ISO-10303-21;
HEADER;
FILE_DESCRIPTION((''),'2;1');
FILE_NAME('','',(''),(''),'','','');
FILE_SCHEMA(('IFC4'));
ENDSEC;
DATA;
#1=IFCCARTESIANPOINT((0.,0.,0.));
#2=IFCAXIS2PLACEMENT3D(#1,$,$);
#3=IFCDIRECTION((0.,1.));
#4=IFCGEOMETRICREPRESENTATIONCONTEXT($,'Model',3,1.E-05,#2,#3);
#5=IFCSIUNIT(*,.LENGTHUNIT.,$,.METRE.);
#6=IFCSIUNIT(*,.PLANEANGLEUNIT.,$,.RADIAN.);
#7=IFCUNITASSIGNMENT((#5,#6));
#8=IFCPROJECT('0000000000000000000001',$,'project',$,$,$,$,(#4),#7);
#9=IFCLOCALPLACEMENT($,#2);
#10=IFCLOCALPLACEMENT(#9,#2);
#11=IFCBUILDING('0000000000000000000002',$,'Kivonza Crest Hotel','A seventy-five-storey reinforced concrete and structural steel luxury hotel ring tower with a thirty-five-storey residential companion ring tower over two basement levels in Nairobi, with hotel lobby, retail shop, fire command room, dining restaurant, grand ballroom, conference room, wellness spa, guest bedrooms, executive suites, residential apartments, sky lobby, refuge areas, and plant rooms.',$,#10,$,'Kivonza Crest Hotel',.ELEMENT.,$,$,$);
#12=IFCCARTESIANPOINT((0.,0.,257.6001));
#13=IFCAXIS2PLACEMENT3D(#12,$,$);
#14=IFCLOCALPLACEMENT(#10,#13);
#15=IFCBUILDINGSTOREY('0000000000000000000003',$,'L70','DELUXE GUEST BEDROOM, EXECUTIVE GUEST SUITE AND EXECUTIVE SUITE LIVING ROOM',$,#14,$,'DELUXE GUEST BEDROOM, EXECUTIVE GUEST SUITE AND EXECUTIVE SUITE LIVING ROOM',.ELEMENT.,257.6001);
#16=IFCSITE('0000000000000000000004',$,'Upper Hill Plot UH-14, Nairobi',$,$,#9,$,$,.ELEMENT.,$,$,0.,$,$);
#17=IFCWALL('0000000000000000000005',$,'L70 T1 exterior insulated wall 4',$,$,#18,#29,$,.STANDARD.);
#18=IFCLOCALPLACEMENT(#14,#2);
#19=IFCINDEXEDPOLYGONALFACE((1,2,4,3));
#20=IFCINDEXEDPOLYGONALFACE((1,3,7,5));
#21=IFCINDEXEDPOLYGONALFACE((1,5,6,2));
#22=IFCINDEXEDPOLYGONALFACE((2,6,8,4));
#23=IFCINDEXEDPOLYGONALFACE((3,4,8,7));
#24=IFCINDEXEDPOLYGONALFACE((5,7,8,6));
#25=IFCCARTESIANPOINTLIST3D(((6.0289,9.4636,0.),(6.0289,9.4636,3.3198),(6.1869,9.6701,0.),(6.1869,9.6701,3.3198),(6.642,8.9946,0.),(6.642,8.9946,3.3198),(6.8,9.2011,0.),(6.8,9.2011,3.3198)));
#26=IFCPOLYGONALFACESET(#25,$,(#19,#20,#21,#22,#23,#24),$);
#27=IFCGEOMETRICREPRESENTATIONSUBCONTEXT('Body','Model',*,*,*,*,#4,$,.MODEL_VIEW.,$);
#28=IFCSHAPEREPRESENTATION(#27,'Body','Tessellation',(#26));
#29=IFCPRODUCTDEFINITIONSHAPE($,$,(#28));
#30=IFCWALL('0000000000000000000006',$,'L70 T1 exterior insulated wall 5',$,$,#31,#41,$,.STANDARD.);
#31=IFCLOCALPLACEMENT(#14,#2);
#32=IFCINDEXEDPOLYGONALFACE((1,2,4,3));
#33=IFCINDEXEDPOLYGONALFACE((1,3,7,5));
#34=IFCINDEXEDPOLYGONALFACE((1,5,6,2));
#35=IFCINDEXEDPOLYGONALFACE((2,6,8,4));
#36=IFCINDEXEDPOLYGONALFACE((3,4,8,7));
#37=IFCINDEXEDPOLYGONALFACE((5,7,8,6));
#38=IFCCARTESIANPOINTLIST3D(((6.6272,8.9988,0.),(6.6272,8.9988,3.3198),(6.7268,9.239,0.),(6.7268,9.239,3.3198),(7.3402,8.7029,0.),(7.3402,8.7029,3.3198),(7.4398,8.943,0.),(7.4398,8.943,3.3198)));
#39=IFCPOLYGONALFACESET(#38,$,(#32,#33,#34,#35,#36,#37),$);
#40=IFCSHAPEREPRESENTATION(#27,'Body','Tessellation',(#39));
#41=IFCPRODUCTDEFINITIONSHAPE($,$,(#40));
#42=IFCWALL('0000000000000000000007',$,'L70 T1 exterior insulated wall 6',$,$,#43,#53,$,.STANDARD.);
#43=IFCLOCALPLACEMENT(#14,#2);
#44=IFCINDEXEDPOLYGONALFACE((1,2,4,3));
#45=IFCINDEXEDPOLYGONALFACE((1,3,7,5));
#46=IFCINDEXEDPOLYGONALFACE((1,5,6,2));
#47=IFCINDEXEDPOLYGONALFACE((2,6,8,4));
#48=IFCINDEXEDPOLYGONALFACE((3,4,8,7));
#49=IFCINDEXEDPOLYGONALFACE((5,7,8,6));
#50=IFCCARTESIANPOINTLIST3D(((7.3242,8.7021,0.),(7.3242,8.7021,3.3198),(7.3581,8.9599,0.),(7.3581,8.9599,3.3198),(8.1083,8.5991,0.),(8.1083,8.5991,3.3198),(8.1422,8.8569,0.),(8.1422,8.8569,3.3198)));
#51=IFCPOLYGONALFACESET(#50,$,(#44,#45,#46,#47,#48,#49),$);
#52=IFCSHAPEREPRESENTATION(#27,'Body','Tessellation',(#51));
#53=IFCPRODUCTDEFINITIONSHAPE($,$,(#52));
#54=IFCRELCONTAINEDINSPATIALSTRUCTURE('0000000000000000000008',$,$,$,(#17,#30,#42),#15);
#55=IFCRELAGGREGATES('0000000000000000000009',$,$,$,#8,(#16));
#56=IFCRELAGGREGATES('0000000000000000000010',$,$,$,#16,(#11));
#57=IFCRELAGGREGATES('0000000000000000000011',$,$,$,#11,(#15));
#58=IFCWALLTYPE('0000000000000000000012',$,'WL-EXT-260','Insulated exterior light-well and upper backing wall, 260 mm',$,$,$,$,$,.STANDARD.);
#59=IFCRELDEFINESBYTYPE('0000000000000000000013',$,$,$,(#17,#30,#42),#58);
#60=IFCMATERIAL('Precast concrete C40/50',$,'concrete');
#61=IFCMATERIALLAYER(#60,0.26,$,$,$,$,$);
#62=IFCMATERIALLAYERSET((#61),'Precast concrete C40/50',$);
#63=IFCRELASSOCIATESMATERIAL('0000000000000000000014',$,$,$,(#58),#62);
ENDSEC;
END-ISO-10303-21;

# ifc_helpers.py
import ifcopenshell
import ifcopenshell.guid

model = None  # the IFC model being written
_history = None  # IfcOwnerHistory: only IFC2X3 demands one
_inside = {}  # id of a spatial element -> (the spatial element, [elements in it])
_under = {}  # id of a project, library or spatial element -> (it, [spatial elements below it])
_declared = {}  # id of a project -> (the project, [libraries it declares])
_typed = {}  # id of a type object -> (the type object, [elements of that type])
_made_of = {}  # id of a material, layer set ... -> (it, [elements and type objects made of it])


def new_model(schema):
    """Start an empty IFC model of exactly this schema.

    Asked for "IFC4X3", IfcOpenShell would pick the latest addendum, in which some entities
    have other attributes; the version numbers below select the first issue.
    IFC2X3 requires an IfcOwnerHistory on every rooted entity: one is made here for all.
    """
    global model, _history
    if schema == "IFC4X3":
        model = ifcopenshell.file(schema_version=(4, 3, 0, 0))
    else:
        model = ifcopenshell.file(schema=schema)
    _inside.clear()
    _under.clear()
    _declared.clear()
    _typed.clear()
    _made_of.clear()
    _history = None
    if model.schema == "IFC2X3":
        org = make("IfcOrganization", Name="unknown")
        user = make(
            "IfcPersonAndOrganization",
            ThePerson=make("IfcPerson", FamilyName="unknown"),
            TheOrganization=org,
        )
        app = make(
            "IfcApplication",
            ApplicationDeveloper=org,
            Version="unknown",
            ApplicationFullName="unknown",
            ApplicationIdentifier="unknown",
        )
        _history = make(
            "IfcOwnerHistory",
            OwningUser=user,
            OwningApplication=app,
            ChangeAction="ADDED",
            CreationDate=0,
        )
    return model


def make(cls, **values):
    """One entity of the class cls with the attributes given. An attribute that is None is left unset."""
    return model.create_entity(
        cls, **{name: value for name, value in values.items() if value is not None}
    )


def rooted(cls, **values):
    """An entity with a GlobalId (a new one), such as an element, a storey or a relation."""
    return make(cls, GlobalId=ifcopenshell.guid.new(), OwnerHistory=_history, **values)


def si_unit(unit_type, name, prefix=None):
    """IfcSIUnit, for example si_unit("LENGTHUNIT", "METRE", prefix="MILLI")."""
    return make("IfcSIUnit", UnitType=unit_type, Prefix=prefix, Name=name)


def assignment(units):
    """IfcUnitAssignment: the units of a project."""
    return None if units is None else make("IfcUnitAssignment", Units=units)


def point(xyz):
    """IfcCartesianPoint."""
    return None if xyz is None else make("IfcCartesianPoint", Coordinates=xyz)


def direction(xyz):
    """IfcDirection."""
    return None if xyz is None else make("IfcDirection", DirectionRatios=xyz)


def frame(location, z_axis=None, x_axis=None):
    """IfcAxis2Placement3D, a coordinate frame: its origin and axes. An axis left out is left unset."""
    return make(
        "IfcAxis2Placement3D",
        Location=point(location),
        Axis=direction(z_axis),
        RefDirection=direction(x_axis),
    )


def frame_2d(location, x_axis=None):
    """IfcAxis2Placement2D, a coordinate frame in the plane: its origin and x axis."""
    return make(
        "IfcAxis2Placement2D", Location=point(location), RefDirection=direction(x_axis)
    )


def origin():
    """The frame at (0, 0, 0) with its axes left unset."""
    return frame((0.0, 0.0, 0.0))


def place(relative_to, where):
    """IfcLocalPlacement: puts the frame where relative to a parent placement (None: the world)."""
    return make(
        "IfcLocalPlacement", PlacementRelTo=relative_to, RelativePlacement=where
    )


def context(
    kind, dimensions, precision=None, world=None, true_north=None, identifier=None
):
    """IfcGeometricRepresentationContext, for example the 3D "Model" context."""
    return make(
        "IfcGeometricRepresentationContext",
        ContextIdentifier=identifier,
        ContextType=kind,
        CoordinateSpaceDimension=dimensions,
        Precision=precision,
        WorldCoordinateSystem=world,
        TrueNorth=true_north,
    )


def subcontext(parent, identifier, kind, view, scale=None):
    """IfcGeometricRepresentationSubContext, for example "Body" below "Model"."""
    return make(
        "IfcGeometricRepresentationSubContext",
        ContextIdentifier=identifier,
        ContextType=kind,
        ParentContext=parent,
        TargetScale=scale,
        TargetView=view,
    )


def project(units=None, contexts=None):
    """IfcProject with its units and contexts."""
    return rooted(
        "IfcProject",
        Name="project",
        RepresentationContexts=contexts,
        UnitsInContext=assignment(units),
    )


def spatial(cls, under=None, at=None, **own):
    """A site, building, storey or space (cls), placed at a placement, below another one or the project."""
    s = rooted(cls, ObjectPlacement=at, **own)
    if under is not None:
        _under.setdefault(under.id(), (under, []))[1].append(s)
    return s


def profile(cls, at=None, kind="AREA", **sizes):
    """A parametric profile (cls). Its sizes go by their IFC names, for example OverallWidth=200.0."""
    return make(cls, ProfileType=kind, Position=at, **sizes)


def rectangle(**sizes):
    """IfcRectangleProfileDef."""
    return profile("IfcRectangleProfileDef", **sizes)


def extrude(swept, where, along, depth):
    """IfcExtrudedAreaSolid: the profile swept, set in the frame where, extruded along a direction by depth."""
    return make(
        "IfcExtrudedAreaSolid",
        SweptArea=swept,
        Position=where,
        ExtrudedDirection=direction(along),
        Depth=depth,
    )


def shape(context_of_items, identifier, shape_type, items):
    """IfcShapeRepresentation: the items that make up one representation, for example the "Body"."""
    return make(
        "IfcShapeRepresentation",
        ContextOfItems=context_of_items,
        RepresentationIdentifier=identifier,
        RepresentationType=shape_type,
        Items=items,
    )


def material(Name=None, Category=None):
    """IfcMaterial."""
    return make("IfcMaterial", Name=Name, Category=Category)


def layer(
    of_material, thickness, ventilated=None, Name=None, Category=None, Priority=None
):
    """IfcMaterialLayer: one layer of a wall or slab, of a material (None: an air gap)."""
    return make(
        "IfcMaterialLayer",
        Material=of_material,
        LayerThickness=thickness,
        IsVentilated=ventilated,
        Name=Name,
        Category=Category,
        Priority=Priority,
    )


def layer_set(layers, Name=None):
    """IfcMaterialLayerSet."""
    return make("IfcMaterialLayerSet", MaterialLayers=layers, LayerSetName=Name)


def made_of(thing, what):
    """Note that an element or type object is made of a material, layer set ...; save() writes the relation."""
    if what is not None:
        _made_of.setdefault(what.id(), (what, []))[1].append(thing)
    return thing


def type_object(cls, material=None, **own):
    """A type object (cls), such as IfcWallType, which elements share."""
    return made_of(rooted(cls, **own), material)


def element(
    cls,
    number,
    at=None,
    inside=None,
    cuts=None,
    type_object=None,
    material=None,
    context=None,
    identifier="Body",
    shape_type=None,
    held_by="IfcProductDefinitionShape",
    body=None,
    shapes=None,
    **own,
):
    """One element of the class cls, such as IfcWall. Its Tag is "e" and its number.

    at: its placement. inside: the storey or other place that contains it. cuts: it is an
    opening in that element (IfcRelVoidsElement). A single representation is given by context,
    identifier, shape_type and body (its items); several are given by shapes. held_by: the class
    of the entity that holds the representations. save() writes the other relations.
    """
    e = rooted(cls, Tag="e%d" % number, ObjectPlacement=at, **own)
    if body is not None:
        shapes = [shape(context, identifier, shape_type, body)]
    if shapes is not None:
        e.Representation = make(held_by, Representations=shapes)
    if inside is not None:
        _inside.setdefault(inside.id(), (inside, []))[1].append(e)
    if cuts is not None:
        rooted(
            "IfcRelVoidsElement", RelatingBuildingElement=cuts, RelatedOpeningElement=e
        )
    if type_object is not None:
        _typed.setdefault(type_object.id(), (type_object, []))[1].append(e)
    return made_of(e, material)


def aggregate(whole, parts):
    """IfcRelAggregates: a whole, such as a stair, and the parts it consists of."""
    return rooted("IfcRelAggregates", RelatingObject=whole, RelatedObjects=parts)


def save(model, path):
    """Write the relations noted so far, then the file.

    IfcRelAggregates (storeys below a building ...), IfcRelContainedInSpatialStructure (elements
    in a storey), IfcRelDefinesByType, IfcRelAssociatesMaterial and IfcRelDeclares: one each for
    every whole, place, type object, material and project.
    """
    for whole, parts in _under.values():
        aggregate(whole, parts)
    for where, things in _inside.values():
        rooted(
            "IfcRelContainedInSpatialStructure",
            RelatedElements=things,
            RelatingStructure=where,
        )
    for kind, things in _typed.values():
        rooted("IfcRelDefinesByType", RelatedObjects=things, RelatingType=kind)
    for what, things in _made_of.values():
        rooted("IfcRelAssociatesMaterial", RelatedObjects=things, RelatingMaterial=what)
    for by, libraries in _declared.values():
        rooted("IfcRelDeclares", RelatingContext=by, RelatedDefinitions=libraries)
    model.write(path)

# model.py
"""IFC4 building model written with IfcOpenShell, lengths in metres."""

from ifc_helpers import new_model, si_unit, direction, frame, frame_2d, origin, place, context, subcontext, project, spatial, rectangle, extrude, material, layer, layer_set, type_object, element, save


model = new_model("IFC4")

# Units and contexts
model_context = context("Model", 3, precision=1e-05, world=origin(), true_north=direction((0.0, 1.0)))
body_context = subcontext(model_context, "Body", "Model", "MODEL_VIEW")
ifc_project = project(units=[si_unit("LENGTHUNIT", "METRE"), si_unit("PLANEANGLEUNIT", "RADIAN")], contexts=[model_context])

# Site, building, storey
site_placement = place(None, origin())
site = spatial("IfcSite", under=ifc_project, at=site_placement, Name="Upper Hill Plot UH-14, Nairobi", CompositionType="ELEMENT", RefElevation=0.0)
building_placement = place(site_placement, origin())
building = spatial("IfcBuilding", under=site, at=building_placement, Name="Kivonza Crest Hotel", Description="A seventy-five-storey reinforced concrete and structural steel luxury hotel ring tower with a thirty-five-storey residential companion ring tower over two basement levels in Nairobi, with hotel lobby, retail shop, fire command room, dining restaurant, grand ballroom, conference room, wellness spa, guest bedrooms, executive suites, residential apartments, sky lobby, refuge areas, and plant rooms.", LongName="Kivonza Crest Hotel", CompositionType="ELEMENT")
storey_placement = place(building_placement, frame((0.0, 0.0, 257.6001)))
storey = spatial("IfcBuildingStorey", under=building, at=storey_placement, Name="L70", Description="DELUXE GUEST BEDROOM, EXECUTIVE GUEST SUITE AND EXECUTIVE SUITE LIVING ROOM", LongName="DELUXE GUEST BEDROOM, EXECUTIVE GUEST SUITE AND EXECUTIVE SUITE LIVING ROOM", CompositionType="ELEMENT", Elevation=257.6001)

# Walls
ifc_material_1 = material(Name="Precast concrete C40/50", Category="concrete")
ifc_layer_1 = layer(ifc_material_1, 0.26)
ifc_layer_set_1 = layer_set([ifc_layer_1], Name="Precast concrete C40/50")
wall_type_1 = type_object("IfcWallType", Name="WL-EXT-260", Description="Insulated exterior light-well and upper backing wall, 260 mm", PredefinedType="STANDARD", material=ifc_layer_set_1)
for number, where, z_axis, x_axis, name in (
    (1, (6.1079, 9.5669, 0.0), (0.0, 0.0, 1.0), (0.794232, -0.607614, 0.0), "L70 T1 exterior insulated wall 4"),
    (2, (6.677, 9.1189, 0.0), (0.0, 0.0, 1.0), (0.9236, -0.383357, 0.0), "L70 T1 exterior insulated wall 5"),
):
    element("IfcWall", number, at=place(storey_placement, frame(where, z_axis=z_axis, x_axis=x_axis)), inside=storey, type_object=wall_type_1, Name=name, PredefinedType="STANDARD", context=body_context, shape_type="SweptSolid", body=[
        extrude(rectangle(XDim=0.772, YDim=0.26, at=frame_2d((0.386, 0.0))), origin(), (0.0, 0.0, 1.0), 3.3198),
    ])
wall_1_placement = place(storey_placement, frame((7.3411, 8.8311, 0.0), z_axis=(0.0, 0.0, 1.0), x_axis=(0.991474, -0.130303, 0.0)))
element("IfcWall", 3, at=wall_1_placement, inside=storey, type_object=wall_type_1, Name="L70 T1 exterior insulated wall 6", PredefinedType="STANDARD", context=body_context, shape_type="SweptSolid", body=[
    extrude(rectangle(XDim=0.7908, YDim=0.26, at=frame_2d((0.3955, 0.0))), origin(), (0.0, 0.0, 1.0), 3.3198),
])

save(model, "model.ifc")
